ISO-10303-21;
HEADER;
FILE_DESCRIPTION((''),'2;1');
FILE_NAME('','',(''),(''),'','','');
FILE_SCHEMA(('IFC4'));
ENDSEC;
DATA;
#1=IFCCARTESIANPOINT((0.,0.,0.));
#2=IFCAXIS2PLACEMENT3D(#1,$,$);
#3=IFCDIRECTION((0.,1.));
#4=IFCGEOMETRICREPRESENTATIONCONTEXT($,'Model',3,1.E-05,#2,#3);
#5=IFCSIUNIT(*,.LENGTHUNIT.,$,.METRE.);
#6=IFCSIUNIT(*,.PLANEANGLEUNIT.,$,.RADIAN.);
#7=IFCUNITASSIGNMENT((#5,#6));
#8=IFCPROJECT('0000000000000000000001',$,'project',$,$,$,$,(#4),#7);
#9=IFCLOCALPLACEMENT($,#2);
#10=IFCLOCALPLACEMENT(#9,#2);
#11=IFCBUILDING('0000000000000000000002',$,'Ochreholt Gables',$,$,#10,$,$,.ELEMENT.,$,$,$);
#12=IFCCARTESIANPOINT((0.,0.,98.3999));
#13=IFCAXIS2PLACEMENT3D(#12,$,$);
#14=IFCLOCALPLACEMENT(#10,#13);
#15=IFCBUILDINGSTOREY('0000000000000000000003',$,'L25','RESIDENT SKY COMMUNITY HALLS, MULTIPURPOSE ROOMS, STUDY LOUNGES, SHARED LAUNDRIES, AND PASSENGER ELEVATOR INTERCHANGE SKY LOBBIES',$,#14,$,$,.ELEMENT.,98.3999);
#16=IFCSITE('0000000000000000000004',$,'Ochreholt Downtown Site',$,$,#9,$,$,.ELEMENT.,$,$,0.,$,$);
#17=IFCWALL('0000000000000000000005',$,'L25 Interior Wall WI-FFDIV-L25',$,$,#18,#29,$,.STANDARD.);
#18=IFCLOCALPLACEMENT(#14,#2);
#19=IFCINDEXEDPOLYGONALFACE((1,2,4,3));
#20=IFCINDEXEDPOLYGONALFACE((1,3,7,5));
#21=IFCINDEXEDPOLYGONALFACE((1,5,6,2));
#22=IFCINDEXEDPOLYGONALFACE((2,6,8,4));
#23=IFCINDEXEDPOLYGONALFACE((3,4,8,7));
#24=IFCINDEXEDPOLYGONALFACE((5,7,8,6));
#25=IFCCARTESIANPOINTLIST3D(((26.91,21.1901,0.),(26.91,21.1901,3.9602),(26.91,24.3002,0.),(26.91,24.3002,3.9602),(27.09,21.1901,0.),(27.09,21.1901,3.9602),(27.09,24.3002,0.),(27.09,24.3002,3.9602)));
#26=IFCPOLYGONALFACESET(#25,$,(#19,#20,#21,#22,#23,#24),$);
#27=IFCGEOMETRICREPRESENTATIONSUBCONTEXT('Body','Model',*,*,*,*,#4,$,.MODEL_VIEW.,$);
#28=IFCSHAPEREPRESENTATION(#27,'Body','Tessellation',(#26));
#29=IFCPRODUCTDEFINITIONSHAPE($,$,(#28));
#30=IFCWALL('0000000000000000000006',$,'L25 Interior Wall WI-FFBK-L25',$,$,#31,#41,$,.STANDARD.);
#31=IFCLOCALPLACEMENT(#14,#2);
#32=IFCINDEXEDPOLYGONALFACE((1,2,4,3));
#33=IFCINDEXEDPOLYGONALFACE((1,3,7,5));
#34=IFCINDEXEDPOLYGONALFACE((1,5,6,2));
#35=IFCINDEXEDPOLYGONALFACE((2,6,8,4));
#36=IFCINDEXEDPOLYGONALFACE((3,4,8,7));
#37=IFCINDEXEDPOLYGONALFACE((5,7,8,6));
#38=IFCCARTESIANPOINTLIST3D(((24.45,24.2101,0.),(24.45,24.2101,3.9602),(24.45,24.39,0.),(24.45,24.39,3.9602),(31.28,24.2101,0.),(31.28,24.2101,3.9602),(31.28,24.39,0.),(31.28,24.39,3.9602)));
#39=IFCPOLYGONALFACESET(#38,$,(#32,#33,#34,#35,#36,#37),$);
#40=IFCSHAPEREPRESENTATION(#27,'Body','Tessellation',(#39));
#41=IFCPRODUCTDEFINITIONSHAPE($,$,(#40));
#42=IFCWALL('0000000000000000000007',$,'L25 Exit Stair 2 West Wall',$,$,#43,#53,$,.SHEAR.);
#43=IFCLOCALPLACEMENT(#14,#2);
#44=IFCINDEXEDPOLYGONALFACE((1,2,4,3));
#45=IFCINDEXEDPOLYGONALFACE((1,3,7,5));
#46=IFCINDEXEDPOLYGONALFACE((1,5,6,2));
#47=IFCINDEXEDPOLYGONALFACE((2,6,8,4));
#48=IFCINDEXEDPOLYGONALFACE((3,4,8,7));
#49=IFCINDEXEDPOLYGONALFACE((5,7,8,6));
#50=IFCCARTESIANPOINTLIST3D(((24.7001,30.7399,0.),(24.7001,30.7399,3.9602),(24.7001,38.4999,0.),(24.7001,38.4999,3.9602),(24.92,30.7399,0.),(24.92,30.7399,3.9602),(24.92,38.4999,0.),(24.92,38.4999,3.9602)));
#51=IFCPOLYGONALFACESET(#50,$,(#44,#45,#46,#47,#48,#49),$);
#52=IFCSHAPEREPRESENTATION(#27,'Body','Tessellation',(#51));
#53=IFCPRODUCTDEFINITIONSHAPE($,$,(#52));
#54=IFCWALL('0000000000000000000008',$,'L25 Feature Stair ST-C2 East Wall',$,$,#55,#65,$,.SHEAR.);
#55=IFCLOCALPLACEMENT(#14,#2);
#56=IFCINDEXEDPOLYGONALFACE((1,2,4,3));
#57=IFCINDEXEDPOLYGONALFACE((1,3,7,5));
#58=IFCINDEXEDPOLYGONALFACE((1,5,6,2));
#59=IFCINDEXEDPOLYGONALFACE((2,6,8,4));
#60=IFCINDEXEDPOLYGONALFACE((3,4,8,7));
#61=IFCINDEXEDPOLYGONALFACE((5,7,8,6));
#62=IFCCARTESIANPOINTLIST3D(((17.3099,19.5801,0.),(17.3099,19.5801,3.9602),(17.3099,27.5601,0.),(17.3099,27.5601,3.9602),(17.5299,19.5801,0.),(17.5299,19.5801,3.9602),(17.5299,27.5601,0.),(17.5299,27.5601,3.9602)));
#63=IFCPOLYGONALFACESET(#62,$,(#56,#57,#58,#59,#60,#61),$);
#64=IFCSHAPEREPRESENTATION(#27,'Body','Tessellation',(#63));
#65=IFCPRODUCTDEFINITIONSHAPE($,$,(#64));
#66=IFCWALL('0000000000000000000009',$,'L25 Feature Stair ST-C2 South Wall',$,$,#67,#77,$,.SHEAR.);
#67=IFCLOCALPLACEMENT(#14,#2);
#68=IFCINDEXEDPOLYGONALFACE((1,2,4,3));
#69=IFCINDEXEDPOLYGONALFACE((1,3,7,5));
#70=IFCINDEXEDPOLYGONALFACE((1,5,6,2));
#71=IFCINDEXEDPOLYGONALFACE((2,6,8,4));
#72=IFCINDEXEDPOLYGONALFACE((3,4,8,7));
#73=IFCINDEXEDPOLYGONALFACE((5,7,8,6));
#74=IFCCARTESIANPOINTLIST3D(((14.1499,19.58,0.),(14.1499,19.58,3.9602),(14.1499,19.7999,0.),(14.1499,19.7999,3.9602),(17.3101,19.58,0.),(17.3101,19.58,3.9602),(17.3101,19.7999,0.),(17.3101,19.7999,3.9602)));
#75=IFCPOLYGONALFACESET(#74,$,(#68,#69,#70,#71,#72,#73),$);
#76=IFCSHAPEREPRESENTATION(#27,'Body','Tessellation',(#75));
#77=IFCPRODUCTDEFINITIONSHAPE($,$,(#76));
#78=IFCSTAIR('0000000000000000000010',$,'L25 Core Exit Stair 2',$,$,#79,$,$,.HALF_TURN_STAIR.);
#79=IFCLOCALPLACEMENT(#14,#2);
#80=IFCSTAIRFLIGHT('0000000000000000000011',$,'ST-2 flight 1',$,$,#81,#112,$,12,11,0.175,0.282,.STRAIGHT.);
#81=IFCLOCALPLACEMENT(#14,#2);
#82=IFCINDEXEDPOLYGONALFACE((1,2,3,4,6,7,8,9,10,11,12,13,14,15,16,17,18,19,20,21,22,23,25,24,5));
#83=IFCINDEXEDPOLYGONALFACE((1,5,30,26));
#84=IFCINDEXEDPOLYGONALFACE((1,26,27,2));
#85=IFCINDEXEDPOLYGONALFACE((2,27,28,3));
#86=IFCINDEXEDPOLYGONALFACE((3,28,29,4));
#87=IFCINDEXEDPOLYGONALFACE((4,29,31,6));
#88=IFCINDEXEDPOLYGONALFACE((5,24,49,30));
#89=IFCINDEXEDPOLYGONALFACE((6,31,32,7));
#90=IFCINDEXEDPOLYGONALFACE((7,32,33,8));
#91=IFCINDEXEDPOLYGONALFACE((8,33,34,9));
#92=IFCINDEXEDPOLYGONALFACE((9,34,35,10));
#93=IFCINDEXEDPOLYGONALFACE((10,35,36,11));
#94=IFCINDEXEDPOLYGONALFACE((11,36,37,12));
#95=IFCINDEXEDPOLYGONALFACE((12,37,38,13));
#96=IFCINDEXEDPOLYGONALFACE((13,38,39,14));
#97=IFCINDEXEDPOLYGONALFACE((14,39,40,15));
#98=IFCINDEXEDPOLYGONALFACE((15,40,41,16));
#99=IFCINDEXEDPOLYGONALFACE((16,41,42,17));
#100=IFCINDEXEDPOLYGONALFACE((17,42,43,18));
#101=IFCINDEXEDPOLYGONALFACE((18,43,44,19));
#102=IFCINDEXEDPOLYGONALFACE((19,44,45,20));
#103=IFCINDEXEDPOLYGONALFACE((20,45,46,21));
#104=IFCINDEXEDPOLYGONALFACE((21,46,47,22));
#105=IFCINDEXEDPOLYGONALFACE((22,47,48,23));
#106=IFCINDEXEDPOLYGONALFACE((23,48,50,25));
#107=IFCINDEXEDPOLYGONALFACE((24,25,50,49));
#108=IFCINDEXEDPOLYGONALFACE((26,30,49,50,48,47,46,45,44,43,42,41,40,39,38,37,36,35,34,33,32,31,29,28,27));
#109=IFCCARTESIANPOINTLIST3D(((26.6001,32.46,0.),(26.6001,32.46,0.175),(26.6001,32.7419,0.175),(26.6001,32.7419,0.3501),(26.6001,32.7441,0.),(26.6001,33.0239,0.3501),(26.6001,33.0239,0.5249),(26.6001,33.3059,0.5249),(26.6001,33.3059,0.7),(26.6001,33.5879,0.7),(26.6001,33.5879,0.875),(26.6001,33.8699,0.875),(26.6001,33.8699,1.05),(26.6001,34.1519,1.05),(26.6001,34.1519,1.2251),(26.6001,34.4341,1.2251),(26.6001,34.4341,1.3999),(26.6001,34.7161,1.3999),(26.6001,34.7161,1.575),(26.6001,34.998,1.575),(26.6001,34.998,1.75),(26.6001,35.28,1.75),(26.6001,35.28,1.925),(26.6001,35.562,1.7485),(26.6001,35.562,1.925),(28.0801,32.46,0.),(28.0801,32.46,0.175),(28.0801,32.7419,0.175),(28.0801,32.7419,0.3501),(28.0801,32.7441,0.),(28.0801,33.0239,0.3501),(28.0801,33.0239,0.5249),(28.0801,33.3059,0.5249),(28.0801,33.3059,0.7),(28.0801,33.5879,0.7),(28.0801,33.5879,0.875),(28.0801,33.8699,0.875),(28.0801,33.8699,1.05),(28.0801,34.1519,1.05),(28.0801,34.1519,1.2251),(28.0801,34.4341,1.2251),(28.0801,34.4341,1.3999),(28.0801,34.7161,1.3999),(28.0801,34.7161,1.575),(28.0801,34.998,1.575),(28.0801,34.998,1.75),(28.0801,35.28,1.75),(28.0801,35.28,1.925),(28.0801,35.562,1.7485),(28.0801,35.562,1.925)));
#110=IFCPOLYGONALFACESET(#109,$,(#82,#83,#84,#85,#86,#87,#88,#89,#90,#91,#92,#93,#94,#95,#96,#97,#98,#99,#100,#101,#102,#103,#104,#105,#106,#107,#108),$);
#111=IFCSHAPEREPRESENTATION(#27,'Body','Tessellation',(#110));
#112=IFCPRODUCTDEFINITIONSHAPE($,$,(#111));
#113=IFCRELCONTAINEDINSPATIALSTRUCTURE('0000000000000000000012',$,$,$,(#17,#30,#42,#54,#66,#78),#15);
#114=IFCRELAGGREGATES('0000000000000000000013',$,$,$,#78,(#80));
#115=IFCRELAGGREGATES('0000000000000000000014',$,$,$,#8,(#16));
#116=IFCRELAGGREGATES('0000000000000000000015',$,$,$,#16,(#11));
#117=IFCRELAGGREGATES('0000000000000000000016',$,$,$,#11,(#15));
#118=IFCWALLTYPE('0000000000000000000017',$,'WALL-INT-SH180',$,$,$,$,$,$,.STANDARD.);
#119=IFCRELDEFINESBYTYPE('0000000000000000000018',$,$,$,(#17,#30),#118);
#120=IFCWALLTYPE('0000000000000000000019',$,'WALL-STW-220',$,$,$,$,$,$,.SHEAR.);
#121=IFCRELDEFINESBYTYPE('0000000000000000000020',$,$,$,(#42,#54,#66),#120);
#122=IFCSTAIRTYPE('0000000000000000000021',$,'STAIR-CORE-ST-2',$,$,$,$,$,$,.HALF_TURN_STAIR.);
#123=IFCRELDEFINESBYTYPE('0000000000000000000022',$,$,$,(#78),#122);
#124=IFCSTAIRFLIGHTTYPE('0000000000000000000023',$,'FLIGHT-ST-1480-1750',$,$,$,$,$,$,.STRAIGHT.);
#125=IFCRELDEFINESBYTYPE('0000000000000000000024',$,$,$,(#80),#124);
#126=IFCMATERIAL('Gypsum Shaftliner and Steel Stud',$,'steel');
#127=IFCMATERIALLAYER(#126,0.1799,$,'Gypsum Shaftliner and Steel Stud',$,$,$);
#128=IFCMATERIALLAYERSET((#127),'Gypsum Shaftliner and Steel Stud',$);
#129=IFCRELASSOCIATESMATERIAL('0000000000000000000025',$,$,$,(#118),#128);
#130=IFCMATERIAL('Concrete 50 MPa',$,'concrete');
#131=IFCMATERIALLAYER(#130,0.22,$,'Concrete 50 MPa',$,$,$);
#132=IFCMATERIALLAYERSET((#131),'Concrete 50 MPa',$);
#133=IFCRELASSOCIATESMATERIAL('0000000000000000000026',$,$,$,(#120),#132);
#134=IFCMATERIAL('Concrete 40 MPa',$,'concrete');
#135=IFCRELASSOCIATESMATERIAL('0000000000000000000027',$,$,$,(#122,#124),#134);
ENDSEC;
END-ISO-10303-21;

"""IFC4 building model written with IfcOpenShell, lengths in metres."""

from ifc_helpers import new_model, si_unit, direction, frame, frame_2d, origin, place, context, subcontext, project, spatial, polyline, rectangle, outline, extrude, material, layer, layer_set, type_object, element, aggregate, save


model = new_model("IFC4")

# Units and contexts
model_context = context("Model", 3, precision=1e-05, world=origin(), true_north=direction((0.0, 1.0)))
body_context = subcontext(model_context, "Body", "Model", "MODEL_VIEW")
ifc_project = project(units=[si_unit("LENGTHUNIT", "METRE"), si_unit("PLANEANGLEUNIT", "RADIAN")], contexts=[model_context])

# Site, building, storey
site_placement = place(None, origin())
site = spatial("IfcSite", under=ifc_project, at=site_placement, Name="Ochreholt Downtown Site", CompositionType="ELEMENT", RefElevation=0.0)
building_placement = place(site_placement, origin())
building = spatial("IfcBuilding", under=site, at=building_placement, Name="Ochreholt Gables", CompositionType="ELEMENT")
storey_placement = place(building_placement, frame((0.0, 0.0, 98.3999)))
storey = spatial("IfcBuildingStorey", under=building, at=storey_placement, Name="L25", Description="RESIDENT SKY COMMUNITY HALLS, MULTIPURPOSE ROOMS, STUDY LOUNGES, SHARED LAUNDRIES, AND PASSENGER ELEVATOR INTERCHANGE SKY LOBBIES", CompositionType="ELEMENT", Elevation=98.3999)

# Shared definitions
ifc_material_1 = material(Name="Concrete 40 MPa", Category="concrete")

# Walls
ifc_material_2 = material(Name="Gypsum Shaftliner and Steel Stud", Category="steel")
ifc_layer_1 = layer(ifc_material_2, 0.1799, Name="Gypsum Shaftliner and Steel Stud")
ifc_layer_set_1 = layer_set([ifc_layer_1], Name="Gypsum Shaftliner and Steel Stud")
wall_type_1 = type_object("IfcWallType", Name="WALL-INT-SH180", PredefinedType="STANDARD", material=ifc_layer_set_1)
wall_1_placement = place(storey_placement, frame((27.0, 21.1899, 0.0), z_axis=(0.0, 0.0, 1.0), x_axis=(0.0, 1.0, 0.0)))
element("IfcWall", 1, at=wall_1_placement, inside=storey, type_object=wall_type_1, Name="L25 Interior Wall WI-FFDIV-L25", PredefinedType="STANDARD", context=body_context, shape_type="SweptSolid", body=[
    extrude(rectangle(XDim=3.1101, YDim=0.1799, at=frame_2d((1.5552, 0.0))), origin(), (0.0, 0.0, 1.0), 3.9602),
])
wall_2_placement = place(storey_placement, frame((24.45, 24.3, 0.0), z_axis=(0.0, 0.0, 1.0), x_axis=(1.0, 0.0, 0.0)))
element("IfcWall", 2, at=wall_2_placement, inside=storey, type_object=wall_type_1, Name="L25 Interior Wall WI-FFBK-L25", PredefinedType="STANDARD", context=body_context, shape_type="SweptSolid", body=[
    extrude(rectangle(XDim=6.8301, YDim=0.1799, at=frame_2d((3.415, 0.0))), origin(), (0.0, 0.0, 1.0), 3.9602),
])
ifc_material_3 = material(Name="Concrete 50 MPa", Category="concrete")
ifc_layer_2 = layer(ifc_material_3, 0.22, Name="Concrete 50 MPa")
ifc_layer_set_2 = layer_set([ifc_layer_2], Name="Concrete 50 MPa")
wall_type_2 = type_object("IfcWallType", Name="WALL-STW-220", PredefinedType="SHEAR", material=ifc_layer_set_2)
wall_3_placement = place(storey_placement, frame((24.8101, 30.74, 0.0), z_axis=(0.0, 0.0, 1.0), x_axis=(0.0, 1.0, 0.0)))
element("IfcWall", 3, at=wall_3_placement, inside=storey, type_object=wall_type_2, Name="L25 Exit Stair 2 West Wall", PredefinedType="SHEAR", context=body_context, shape_type="SweptSolid", body=[
    extrude(rectangle(XDim=7.76, YDim=0.22, at=frame_2d((3.8799, 0.0))), origin(), (0.0, 0.0, 1.0), 3.9602),
])

# Walls
wall_4_placement = place(storey_placement, frame((17.4199, 19.5801, 0.0), z_axis=(0.0, 0.0, 1.0), x_axis=(0.0, 1.0, 0.0)))
element("IfcWall", 4, at=wall_4_placement, inside=storey, type_object=wall_type_2, Name="L25 Feature Stair ST-C2 East Wall", PredefinedType="SHEAR", context=body_context, shape_type="SweptSolid", body=[
    extrude(rectangle(XDim=7.98, YDim=0.22, at=frame_2d((3.99, 0.0))), origin(), (0.0, 0.0, 1.0), 3.9602),
])
wall_5_placement = place(storey_placement, frame((14.1499, 19.6899, 0.0), z_axis=(0.0, 0.0, 1.0), x_axis=(1.0, 0.0, 0.0)))
element("IfcWall", 5, at=wall_5_placement, inside=storey, type_object=wall_type_2, Name="L25 Feature Stair ST-C2 South Wall", PredefinedType="SHEAR", context=body_context, shape_type="SweptSolid", body=[
    extrude(rectangle(XDim=3.1602, YDim=0.22, at=frame_2d((1.5801, 0.0))), origin(), (0.0, 0.0, 1.0), 3.9602),
])

# Stair, stair flight
stair_type = type_object("IfcStairType", Name="STAIR-CORE-ST-2", PredefinedType="HALF_TURN_STAIR", material=ifc_material_1)
stair_placement = place(storey_placement, origin())
stair = element("IfcStair", 6, at=stair_placement, inside=storey, type_object=stair_type, Name="L25 Core Exit Stair 2", PredefinedType="HALF_TURN_STAIR")
stair_flight_type = type_object("IfcStairFlightType", Name="FLIGHT-ST-1480-1750", PredefinedType="STRAIGHT", material=ifc_material_1)
stair_flight_placement = place(storey_placement, frame((27.3401, 32.46, 0.0), z_axis=(0.0, 0.0, 1.0), x_axis=(0.0, 1.0, 0.0)))
stair_flight = element("IfcStairFlight", 7, at=stair_flight_placement, type_object=stair_flight_type, Name="ST-2 flight 1", NumberOfRisers=12, NumberOfTreads=11, PredefinedType="STRAIGHT", RiserHeight=0.175, TreadLength=0.282, context=body_context, shape_type="SweptSolid", body=[
    extrude(outline(polyline([(0.0, 0.0), (0.0, 0.175), (0.282, 0.175), (0.282, 0.3501), (0.564, 0.3501), (0.564, 0.5249), (0.8459, 0.5249), (0.8459, 0.7), (1.1279, 0.7), (1.1279, 0.875), (1.4099, 0.875), (1.4099, 1.05), (1.6919, 1.05), (1.6919, 1.2251), (1.9741, 1.2251), (1.9741, 1.3999), (2.2561, 1.3999), (2.2561, 1.575), (2.5381, 1.575), (2.5381, 1.75), (2.8201, 1.75), (2.8201, 1.925), (3.1021, 1.925), (3.1021, 2.1001), (3.1021, 1.7485), (0.2842, 0.0), (0.0, 0.0)])), frame((0.0, 0.74, 0.0), z_axis=(0.0, -1.0, 0.0), x_axis=(1.0, 0.0, 0.0)), (0.0, 0.0, 1.0), 1.48),
])
aggregate(stair, [stair_flight])

save(model, "model.ifc")
